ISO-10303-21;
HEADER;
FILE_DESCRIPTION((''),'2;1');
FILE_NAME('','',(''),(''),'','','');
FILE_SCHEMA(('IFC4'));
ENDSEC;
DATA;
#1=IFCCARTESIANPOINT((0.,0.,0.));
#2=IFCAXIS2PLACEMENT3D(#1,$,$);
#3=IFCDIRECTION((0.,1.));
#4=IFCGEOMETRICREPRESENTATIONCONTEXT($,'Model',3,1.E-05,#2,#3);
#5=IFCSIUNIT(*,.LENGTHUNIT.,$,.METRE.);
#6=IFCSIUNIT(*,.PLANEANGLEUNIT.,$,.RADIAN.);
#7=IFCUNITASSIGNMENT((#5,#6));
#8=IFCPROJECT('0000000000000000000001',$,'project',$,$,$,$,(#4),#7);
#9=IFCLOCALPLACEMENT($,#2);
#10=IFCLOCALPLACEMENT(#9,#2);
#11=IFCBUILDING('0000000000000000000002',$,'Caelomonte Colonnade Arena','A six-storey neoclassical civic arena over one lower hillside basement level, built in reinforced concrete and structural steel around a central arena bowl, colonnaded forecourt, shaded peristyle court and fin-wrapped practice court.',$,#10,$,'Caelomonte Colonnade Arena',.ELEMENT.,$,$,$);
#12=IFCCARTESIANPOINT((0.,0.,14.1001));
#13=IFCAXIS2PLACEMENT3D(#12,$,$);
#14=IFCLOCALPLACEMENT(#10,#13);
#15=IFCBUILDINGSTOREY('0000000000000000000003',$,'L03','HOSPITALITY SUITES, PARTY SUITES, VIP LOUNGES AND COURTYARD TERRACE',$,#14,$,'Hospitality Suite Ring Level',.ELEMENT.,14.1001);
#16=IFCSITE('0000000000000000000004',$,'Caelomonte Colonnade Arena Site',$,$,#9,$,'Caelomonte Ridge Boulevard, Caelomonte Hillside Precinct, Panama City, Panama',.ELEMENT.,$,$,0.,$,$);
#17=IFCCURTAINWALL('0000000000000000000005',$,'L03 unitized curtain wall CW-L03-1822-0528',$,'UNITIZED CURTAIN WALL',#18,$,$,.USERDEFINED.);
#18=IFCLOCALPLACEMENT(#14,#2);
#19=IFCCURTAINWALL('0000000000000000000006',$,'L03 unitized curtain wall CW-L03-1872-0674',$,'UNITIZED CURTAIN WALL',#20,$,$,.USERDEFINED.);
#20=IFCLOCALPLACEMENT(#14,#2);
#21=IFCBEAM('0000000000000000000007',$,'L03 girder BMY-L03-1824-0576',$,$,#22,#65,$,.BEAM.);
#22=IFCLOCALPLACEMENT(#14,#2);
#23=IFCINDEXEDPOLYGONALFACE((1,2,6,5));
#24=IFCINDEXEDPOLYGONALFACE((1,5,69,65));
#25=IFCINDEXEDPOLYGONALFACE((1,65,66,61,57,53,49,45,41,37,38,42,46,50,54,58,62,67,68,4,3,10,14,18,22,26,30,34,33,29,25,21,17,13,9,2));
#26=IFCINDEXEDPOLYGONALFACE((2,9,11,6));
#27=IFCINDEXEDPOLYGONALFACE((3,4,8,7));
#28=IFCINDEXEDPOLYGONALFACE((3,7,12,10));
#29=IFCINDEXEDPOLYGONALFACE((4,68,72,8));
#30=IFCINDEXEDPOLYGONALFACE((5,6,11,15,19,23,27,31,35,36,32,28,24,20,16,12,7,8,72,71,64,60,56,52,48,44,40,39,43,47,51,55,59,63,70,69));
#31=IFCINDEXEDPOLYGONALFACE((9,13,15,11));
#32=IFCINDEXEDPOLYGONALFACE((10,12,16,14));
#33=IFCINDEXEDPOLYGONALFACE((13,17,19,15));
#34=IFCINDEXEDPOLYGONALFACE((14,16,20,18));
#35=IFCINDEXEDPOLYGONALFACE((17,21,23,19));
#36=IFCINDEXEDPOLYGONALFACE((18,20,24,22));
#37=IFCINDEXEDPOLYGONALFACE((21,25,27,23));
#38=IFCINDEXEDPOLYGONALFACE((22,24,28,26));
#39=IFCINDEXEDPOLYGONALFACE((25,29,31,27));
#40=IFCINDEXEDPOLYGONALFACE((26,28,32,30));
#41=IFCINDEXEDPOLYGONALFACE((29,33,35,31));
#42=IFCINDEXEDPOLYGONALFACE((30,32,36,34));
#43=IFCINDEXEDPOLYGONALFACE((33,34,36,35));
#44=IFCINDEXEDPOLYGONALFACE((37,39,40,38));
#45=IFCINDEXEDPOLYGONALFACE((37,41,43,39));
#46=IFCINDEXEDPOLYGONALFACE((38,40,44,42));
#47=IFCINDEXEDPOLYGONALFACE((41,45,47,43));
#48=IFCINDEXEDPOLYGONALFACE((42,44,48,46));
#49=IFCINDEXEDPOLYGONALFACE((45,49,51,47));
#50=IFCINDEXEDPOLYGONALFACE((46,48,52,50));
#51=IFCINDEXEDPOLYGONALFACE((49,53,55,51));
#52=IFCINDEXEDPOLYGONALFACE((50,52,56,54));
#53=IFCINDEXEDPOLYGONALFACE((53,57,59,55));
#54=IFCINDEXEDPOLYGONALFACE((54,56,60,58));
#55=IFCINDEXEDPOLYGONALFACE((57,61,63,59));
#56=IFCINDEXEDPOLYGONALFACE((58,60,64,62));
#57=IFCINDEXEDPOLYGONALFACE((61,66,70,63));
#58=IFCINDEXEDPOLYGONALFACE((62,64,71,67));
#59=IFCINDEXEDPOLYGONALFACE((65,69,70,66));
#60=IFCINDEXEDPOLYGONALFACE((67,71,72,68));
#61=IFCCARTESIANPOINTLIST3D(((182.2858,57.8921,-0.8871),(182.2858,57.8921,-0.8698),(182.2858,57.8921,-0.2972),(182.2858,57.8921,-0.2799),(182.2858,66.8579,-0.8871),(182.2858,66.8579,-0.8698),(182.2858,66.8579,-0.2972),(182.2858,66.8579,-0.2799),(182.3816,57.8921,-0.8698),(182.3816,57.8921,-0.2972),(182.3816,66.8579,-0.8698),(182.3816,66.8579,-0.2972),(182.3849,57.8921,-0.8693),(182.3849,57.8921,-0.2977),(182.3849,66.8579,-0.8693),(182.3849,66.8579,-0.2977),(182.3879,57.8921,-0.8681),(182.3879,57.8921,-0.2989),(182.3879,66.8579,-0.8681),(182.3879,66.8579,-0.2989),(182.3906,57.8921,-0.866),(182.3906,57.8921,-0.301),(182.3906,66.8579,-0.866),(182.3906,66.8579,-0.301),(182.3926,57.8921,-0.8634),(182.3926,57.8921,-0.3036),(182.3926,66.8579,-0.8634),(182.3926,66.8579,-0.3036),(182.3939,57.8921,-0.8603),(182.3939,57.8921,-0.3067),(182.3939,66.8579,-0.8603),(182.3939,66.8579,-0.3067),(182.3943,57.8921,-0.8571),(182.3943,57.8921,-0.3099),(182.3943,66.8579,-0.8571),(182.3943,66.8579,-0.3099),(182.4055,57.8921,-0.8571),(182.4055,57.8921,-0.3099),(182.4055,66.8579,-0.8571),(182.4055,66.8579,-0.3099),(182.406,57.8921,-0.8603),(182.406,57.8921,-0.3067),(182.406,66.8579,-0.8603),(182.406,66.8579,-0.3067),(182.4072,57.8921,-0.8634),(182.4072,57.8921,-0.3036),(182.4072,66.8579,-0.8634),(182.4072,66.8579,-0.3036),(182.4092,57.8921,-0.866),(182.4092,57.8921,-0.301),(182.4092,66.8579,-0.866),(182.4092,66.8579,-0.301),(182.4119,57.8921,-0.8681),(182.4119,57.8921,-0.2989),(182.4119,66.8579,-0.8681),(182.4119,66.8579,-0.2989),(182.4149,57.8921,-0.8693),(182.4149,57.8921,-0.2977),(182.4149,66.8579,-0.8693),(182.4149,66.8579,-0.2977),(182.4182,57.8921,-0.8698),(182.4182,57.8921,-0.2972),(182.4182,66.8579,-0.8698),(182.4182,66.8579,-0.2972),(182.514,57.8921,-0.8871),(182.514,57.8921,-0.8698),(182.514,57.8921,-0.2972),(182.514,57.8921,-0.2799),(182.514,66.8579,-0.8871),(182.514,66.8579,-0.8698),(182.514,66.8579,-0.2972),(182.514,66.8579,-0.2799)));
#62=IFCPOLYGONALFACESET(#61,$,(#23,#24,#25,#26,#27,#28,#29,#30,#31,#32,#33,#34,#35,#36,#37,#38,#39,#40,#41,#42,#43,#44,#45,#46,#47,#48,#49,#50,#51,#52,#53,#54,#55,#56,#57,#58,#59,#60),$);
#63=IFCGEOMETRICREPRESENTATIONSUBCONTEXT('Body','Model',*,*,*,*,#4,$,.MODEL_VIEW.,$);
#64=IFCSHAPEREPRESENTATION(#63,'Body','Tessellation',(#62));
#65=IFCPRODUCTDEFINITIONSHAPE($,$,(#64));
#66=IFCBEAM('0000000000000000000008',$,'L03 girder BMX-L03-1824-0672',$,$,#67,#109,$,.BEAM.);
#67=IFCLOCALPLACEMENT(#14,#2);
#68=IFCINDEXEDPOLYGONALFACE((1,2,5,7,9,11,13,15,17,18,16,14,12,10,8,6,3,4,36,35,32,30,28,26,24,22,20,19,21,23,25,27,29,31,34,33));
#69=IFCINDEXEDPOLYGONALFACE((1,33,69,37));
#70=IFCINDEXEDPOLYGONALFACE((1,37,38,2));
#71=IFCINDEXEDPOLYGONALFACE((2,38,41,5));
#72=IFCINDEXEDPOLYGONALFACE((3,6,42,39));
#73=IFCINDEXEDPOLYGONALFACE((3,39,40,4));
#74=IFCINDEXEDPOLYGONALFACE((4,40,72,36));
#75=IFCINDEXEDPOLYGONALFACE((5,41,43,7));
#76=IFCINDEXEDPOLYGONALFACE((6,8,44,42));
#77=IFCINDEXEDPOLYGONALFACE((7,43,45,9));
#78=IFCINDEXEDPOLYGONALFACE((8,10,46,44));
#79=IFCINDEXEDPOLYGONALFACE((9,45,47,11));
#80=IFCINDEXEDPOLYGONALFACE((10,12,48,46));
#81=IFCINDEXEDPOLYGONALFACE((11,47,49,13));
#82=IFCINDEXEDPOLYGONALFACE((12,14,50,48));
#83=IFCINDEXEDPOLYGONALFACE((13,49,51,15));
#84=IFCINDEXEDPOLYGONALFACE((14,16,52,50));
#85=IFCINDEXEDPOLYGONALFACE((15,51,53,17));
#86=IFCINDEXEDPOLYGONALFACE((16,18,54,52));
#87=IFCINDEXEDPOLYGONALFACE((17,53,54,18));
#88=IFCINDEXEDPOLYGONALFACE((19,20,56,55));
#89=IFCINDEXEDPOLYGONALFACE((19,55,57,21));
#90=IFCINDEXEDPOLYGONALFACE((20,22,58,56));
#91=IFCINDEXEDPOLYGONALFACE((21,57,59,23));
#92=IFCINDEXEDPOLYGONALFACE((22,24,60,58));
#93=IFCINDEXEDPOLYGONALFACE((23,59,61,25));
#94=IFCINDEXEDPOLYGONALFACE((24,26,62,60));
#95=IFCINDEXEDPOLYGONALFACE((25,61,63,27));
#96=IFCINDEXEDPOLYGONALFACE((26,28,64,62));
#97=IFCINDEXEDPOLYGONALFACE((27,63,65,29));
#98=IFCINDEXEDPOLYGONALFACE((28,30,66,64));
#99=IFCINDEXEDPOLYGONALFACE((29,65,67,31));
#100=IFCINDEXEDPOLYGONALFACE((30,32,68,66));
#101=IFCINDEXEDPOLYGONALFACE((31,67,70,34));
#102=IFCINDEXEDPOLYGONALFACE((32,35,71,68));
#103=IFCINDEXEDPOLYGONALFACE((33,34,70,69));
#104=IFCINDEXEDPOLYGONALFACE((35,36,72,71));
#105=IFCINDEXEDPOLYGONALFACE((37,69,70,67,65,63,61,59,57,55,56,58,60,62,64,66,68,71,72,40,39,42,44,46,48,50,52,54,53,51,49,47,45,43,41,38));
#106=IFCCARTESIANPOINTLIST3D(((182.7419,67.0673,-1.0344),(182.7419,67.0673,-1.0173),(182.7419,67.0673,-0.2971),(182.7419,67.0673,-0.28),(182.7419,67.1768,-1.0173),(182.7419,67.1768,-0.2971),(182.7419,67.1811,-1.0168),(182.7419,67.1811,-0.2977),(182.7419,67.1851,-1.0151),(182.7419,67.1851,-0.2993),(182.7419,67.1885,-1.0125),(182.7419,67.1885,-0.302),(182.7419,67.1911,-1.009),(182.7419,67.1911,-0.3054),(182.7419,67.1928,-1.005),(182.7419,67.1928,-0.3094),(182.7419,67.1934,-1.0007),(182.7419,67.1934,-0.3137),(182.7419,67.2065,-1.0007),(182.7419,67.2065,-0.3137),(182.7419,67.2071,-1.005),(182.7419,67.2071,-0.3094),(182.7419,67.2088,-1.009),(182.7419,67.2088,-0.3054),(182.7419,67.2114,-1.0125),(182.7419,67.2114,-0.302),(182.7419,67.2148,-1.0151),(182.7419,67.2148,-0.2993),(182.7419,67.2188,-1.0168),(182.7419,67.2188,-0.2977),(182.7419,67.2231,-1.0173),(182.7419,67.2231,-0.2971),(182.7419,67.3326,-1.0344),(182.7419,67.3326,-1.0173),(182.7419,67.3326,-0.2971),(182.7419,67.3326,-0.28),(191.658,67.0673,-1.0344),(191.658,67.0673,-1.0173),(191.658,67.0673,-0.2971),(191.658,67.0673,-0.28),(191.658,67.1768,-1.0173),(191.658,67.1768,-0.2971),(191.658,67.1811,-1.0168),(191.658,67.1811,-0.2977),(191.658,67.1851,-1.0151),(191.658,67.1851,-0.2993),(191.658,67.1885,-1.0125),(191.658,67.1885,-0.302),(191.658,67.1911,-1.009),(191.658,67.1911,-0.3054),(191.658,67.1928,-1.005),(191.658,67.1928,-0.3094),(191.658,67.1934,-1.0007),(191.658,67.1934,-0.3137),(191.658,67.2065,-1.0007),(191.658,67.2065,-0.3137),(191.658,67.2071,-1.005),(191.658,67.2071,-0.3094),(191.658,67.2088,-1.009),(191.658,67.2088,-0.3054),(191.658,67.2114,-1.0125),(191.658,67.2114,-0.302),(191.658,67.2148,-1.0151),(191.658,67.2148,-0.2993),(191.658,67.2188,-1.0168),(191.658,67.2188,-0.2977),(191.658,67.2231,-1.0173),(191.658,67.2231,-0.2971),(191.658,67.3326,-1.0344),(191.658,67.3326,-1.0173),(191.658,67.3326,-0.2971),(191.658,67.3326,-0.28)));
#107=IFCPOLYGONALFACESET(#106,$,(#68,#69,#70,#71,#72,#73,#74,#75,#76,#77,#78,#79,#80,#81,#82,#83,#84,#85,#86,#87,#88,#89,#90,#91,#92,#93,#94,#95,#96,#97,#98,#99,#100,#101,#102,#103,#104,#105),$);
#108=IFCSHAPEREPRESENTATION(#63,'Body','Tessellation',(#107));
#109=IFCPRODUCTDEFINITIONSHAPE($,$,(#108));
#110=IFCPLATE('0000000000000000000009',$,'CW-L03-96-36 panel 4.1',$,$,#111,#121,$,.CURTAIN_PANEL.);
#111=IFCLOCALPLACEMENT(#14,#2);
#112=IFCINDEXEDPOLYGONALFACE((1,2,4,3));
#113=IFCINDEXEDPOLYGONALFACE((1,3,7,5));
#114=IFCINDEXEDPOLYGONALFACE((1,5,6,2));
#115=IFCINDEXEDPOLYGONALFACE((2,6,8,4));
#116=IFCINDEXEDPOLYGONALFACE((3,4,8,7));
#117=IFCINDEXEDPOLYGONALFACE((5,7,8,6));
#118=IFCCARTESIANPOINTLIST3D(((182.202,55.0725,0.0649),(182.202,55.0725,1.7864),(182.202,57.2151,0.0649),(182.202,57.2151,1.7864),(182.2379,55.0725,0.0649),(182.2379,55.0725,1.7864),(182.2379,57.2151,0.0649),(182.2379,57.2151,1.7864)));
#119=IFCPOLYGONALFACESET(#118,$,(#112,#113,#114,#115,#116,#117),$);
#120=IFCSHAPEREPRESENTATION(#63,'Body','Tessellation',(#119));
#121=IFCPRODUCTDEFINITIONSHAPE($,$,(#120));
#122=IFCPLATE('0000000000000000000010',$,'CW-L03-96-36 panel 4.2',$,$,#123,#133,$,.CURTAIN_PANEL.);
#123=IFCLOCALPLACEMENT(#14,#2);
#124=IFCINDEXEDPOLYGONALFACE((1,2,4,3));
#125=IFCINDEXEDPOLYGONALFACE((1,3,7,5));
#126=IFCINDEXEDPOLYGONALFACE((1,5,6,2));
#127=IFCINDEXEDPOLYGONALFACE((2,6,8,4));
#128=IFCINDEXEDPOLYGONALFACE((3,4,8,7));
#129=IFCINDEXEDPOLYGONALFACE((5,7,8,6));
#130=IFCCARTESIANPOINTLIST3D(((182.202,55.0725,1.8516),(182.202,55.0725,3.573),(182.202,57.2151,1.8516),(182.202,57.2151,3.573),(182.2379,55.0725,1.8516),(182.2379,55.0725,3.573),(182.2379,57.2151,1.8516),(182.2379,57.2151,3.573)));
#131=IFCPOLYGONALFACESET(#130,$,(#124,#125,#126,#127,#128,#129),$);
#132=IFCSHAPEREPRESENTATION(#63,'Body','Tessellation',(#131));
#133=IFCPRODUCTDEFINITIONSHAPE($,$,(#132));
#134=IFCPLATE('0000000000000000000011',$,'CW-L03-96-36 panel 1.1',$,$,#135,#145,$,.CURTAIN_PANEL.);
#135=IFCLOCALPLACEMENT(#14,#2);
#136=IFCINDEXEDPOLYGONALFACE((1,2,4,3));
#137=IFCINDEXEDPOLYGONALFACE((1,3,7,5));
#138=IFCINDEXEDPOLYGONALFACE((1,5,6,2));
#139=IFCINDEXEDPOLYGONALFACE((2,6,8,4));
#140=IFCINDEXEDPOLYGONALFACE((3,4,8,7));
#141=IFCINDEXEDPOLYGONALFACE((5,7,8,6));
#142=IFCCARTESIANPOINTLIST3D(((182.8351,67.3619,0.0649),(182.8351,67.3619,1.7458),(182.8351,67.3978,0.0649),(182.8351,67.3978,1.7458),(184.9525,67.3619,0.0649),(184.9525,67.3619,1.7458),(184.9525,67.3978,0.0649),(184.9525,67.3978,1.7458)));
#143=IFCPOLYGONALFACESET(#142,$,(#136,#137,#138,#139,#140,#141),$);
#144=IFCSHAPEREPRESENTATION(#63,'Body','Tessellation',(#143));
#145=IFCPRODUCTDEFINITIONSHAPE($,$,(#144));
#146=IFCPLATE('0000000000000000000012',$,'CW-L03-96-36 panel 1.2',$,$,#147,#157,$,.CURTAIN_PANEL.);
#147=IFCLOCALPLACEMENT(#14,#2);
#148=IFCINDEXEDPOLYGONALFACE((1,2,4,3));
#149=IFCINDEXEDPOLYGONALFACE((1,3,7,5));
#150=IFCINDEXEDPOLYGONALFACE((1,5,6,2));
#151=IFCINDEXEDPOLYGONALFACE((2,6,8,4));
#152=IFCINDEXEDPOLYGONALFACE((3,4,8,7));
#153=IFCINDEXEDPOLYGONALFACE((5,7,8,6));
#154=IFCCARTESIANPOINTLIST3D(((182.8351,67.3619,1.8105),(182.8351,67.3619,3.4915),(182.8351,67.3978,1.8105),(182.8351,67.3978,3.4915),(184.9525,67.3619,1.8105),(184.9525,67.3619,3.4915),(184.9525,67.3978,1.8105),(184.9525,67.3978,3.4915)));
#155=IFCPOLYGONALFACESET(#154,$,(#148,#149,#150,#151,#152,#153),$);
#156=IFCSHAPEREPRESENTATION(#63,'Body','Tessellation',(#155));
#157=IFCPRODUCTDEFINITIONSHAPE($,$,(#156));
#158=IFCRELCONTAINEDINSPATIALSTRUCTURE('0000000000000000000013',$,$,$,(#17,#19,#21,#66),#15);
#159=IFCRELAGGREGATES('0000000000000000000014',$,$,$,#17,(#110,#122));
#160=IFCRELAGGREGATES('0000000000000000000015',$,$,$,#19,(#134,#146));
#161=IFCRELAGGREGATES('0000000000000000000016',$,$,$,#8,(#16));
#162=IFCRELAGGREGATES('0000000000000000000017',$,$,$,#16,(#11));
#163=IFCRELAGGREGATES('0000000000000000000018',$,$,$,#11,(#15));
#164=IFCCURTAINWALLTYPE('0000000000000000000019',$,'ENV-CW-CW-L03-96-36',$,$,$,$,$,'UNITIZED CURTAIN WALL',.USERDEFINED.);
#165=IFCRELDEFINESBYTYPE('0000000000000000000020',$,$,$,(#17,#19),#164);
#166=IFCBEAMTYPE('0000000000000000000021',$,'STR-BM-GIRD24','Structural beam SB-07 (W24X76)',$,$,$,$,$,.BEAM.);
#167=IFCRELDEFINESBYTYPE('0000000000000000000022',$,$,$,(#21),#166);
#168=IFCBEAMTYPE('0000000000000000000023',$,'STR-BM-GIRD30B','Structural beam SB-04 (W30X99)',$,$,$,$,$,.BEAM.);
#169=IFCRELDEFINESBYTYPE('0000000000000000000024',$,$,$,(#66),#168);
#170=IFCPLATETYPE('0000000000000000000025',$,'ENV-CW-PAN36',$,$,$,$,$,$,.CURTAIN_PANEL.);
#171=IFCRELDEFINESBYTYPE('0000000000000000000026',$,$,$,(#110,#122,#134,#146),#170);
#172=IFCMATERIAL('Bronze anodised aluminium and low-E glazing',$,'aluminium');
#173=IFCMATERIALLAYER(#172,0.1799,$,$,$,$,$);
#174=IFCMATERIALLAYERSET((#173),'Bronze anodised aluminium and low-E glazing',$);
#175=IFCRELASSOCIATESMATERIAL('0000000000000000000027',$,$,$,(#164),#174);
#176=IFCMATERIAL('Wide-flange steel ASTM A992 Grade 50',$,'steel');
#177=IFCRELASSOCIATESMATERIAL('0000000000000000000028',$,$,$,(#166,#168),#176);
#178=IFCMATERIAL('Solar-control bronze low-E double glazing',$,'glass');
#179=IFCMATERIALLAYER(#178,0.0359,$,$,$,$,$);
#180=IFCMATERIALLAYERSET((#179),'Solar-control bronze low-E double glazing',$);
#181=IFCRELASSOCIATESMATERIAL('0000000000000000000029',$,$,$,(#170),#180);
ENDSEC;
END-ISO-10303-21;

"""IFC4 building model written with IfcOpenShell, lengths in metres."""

from ifc_helpers import new_model, si_unit, direction, frame, origin, origin_2d, place, context, subcontext, project, spatial, rectangle, i_section, extrude, material, layer, layer_set, material_profile, profile_set, type_object, element, aggregate, save


model = new_model("IFC4")

# Units and contexts
model_context = context("Model", 3, precision=1e-05, world=origin(), true_north=direction((0.0, 1.0)))
body_context = subcontext(model_context, "Body", "Model", "MODEL_VIEW")
ifc_project = project(units=[si_unit("LENGTHUNIT", "METRE"), si_unit("PLANEANGLEUNIT", "RADIAN")], contexts=[model_context])

# Site, building, storey
site_placement = place(None, origin())
site = spatial("IfcSite", under=ifc_project, at=site_placement, Name="Caelomonte Colonnade Arena Site", LongName="Caelomonte Ridge Boulevard, Caelomonte Hillside Precinct, Panama City, Panama", CompositionType="ELEMENT", RefElevation=0.0)
building_placement = place(site_placement, origin())
building = spatial("IfcBuilding", under=site, at=building_placement, Name="Caelomonte Colonnade Arena", Description="A six-storey neoclassical civic arena over one lower hillside basement level, built in reinforced concrete and structural steel around a central arena bowl, colonnaded forecourt, shaded peristyle court and fin-wrapped practice court.", LongName="Caelomonte Colonnade Arena", CompositionType="ELEMENT")
storey_placement = place(building_placement, frame((0.0, 0.0, 14.1001)))
storey = spatial("IfcBuildingStorey", under=building, at=storey_placement, Name="L03", Description="HOSPITALITY SUITES, PARTY SUITES, VIP LOUNGES AND COURTYARD TERRACE", LongName="Hospitality Suite Ring Level", CompositionType="ELEMENT", Elevation=14.1001)

# Curtain walls
ifc_material_1 = material(Name="Bronze anodised aluminium and low-E glazing", Category="aluminium")
ifc_layer_1 = layer(ifc_material_1, 0.1799)
ifc_layer_set_1 = layer_set([ifc_layer_1], Name="Bronze anodised aluminium and low-E glazing")
curtain_wall_type = type_object("IfcCurtainWallType", Name="ENV-CW-CW-L03-96-36", ElementType="UNITIZED CURTAIN WALL", PredefinedType="USERDEFINED", material=ifc_layer_set_1)
curtain_wall_1_placement = place(storey_placement, origin())
curtain_wall_1 = element("IfcCurtainWall", 1, at=curtain_wall_1_placement, inside=storey, type_object=curtain_wall_type, Name="L03 unitized curtain wall CW-L03-1822-0528", ObjectType="UNITIZED CURTAIN WALL", PredefinedType="USERDEFINED")
curtain_wall_2_placement = place(storey_placement, origin())
curtain_wall_2 = element("IfcCurtainWall", 2, at=curtain_wall_2_placement, inside=storey, type_object=curtain_wall_type, Name="L03 unitized curtain wall CW-L03-1872-0674", ObjectType="UNITIZED CURTAIN WALL", PredefinedType="USERDEFINED")

# Beams
ifc_material_2 = material(Name="Wide-flange steel ASTM A992 Grade 50", Category="steel")
ifc_material_profile_1 = material_profile(ifc_material_2, i_section(OverallWidth=0.2283, OverallDepth=0.6072, WebThickness=0.0112, FlangeThickness=0.0173, FilletRadius=0.0127, at=origin_2d()), Name="W24X76")
ifc_profile_set_1 = profile_set([ifc_material_profile_1], Name="Wide-flange steel ASTM A992 Grade 50")
beam_type_1 = type_object("IfcBeamType", Name="STR-BM-GIRD24", Description="Structural beam SB-07 (W24X76)", PredefinedType="BEAM", material=ifc_profile_set_1)
beam_1_placement = place(storey_placement, frame((182.3999, 57.8921, -0.5835), z_axis=(0.0, 1.0, 0.0), x_axis=(-1.0, 0.0, 0.0)))
element("IfcBeam", 3, at=beam_1_placement, inside=storey, type_object=beam_type_1, Name="L03 girder BMY-L03-1824-0576", PredefinedType="BEAM", context=body_context, shape_type="SweptSolid", body=[
    extrude(i_section(OverallWidth=0.2283, OverallDepth=0.6072, WebThickness=0.0112, FlangeThickness=0.0173, FilletRadius=0.0127, at=origin_2d()), origin(), (0.0, 0.0, 1.0), 8.9658),
])
ifc_material_profile_2 = material_profile(ifc_material_2, i_section(OverallWidth=0.2654, OverallDepth=0.7544, WebThickness=0.0132, FlangeThickness=0.0171, FilletRadius=0.0166, at=origin_2d()), Name="W30X99")
ifc_profile_set_2 = profile_set([ifc_material_profile_2], Name="Wide-flange steel ASTM A992 Grade 50")
beam_type_2 = type_object("IfcBeamType", Name="STR-BM-GIRD30B", Description="Structural beam SB-04 (W30X99)", PredefinedType="BEAM", material=ifc_profile_set_2)
beam_2_placement = place(storey_placement, frame((182.7419, 67.2, -0.6572), z_axis=(1.0, 0.0, 0.0), x_axis=(0.0, 1.0, 0.0)))
element("IfcBeam", 4, at=beam_2_placement, inside=storey, type_object=beam_type_2, Name="L03 girder BMX-L03-1824-0672", PredefinedType="BEAM", context=body_context, shape_type="SweptSolid", body=[
    extrude(i_section(OverallWidth=0.2654, OverallDepth=0.7544, WebThickness=0.0132, FlangeThickness=0.0171, FilletRadius=0.0166, at=origin_2d()), origin(), (0.0, 0.0, 1.0), 8.916),
])

# Plates
ifc_material_3 = material(Name="Solar-control bronze low-E double glazing", Category="glass")
ifc_layer_2 = layer(ifc_material_3, 0.0359)
ifc_layer_set_2 = layer_set([ifc_layer_2], Name="Solar-control bronze low-E double glazing")
plate_type = type_object("IfcPlateType", Name="ENV-CW-PAN36", PredefinedType="CURTAIN_PANEL", material=ifc_layer_set_2)
plate_1_placement = place(storey_placement, frame((182.22, 56.1438, 0.0649), z_axis=(0.0, 0.0, 1.0), x_axis=(0.0, 1.0, 0.0)))
plate_1 = element("IfcPlate", 5, at=plate_1_placement, type_object=plate_type, Name="CW-L03-96-36 panel 4.1", PredefinedType="CURTAIN_PANEL", context=body_context, shape_type="SweptSolid", body=[
    extrude(rectangle(XDim=2.1426, YDim=0.0359, at=origin_2d()), origin(), (0.0, 0.0, 1.0), 1.7214),
])
plate_2_placement = place(storey_placement, frame((182.22, 56.1438, 1.8516), z_axis=(0.0, 0.0, 1.0), x_axis=(0.0, 1.0, 0.0)))
plate_2 = element("IfcPlate", 6, at=plate_2_placement, type_object=plate_type, Name="CW-L03-96-36 panel 4.2", PredefinedType="CURTAIN_PANEL", context=body_context, shape_type="SweptSolid", body=[
    extrude(rectangle(XDim=2.1426, YDim=0.0359, at=origin_2d()), origin(), (0.0, 0.0, 1.0), 1.7214),
])
aggregate(curtain_wall_1, [plate_1, plate_2])
plate_3_placement = place(storey_placement, frame((183.8938, 67.3799, 0.0649), z_axis=(0.0, 0.0, 1.0), x_axis=(1.0, 0.0, 0.0)))
plate_3 = element("IfcPlate", 7, at=plate_3_placement, type_object=plate_type, Name="CW-L03-96-36 panel 1.1", PredefinedType="CURTAIN_PANEL", context=body_context, shape_type="SweptSolid", body=[
    extrude(rectangle(XDim=2.1174, YDim=0.0359, at=origin_2d()), origin(), (0.0, 0.0, 1.0), 1.6809),
])
plate_4_placement = place(storey_placement, frame((183.8938, 67.3799, 1.8105), z_axis=(0.0, 0.0, 1.0), x_axis=(1.0, 0.0, 0.0)))
plate_4 = element("IfcPlate", 8, at=plate_4_placement, type_object=plate_type, Name="CW-L03-96-36 panel 1.2", PredefinedType="CURTAIN_PANEL", context=body_context, shape_type="SweptSolid", body=[
    extrude(rectangle(XDim=2.1174, YDim=0.0359, at=origin_2d()), origin(), (0.0, 0.0, 1.0), 1.6809),
])
aggregate(curtain_wall_2, [plate_3, plate_4])

save(model, "model.ifc")
